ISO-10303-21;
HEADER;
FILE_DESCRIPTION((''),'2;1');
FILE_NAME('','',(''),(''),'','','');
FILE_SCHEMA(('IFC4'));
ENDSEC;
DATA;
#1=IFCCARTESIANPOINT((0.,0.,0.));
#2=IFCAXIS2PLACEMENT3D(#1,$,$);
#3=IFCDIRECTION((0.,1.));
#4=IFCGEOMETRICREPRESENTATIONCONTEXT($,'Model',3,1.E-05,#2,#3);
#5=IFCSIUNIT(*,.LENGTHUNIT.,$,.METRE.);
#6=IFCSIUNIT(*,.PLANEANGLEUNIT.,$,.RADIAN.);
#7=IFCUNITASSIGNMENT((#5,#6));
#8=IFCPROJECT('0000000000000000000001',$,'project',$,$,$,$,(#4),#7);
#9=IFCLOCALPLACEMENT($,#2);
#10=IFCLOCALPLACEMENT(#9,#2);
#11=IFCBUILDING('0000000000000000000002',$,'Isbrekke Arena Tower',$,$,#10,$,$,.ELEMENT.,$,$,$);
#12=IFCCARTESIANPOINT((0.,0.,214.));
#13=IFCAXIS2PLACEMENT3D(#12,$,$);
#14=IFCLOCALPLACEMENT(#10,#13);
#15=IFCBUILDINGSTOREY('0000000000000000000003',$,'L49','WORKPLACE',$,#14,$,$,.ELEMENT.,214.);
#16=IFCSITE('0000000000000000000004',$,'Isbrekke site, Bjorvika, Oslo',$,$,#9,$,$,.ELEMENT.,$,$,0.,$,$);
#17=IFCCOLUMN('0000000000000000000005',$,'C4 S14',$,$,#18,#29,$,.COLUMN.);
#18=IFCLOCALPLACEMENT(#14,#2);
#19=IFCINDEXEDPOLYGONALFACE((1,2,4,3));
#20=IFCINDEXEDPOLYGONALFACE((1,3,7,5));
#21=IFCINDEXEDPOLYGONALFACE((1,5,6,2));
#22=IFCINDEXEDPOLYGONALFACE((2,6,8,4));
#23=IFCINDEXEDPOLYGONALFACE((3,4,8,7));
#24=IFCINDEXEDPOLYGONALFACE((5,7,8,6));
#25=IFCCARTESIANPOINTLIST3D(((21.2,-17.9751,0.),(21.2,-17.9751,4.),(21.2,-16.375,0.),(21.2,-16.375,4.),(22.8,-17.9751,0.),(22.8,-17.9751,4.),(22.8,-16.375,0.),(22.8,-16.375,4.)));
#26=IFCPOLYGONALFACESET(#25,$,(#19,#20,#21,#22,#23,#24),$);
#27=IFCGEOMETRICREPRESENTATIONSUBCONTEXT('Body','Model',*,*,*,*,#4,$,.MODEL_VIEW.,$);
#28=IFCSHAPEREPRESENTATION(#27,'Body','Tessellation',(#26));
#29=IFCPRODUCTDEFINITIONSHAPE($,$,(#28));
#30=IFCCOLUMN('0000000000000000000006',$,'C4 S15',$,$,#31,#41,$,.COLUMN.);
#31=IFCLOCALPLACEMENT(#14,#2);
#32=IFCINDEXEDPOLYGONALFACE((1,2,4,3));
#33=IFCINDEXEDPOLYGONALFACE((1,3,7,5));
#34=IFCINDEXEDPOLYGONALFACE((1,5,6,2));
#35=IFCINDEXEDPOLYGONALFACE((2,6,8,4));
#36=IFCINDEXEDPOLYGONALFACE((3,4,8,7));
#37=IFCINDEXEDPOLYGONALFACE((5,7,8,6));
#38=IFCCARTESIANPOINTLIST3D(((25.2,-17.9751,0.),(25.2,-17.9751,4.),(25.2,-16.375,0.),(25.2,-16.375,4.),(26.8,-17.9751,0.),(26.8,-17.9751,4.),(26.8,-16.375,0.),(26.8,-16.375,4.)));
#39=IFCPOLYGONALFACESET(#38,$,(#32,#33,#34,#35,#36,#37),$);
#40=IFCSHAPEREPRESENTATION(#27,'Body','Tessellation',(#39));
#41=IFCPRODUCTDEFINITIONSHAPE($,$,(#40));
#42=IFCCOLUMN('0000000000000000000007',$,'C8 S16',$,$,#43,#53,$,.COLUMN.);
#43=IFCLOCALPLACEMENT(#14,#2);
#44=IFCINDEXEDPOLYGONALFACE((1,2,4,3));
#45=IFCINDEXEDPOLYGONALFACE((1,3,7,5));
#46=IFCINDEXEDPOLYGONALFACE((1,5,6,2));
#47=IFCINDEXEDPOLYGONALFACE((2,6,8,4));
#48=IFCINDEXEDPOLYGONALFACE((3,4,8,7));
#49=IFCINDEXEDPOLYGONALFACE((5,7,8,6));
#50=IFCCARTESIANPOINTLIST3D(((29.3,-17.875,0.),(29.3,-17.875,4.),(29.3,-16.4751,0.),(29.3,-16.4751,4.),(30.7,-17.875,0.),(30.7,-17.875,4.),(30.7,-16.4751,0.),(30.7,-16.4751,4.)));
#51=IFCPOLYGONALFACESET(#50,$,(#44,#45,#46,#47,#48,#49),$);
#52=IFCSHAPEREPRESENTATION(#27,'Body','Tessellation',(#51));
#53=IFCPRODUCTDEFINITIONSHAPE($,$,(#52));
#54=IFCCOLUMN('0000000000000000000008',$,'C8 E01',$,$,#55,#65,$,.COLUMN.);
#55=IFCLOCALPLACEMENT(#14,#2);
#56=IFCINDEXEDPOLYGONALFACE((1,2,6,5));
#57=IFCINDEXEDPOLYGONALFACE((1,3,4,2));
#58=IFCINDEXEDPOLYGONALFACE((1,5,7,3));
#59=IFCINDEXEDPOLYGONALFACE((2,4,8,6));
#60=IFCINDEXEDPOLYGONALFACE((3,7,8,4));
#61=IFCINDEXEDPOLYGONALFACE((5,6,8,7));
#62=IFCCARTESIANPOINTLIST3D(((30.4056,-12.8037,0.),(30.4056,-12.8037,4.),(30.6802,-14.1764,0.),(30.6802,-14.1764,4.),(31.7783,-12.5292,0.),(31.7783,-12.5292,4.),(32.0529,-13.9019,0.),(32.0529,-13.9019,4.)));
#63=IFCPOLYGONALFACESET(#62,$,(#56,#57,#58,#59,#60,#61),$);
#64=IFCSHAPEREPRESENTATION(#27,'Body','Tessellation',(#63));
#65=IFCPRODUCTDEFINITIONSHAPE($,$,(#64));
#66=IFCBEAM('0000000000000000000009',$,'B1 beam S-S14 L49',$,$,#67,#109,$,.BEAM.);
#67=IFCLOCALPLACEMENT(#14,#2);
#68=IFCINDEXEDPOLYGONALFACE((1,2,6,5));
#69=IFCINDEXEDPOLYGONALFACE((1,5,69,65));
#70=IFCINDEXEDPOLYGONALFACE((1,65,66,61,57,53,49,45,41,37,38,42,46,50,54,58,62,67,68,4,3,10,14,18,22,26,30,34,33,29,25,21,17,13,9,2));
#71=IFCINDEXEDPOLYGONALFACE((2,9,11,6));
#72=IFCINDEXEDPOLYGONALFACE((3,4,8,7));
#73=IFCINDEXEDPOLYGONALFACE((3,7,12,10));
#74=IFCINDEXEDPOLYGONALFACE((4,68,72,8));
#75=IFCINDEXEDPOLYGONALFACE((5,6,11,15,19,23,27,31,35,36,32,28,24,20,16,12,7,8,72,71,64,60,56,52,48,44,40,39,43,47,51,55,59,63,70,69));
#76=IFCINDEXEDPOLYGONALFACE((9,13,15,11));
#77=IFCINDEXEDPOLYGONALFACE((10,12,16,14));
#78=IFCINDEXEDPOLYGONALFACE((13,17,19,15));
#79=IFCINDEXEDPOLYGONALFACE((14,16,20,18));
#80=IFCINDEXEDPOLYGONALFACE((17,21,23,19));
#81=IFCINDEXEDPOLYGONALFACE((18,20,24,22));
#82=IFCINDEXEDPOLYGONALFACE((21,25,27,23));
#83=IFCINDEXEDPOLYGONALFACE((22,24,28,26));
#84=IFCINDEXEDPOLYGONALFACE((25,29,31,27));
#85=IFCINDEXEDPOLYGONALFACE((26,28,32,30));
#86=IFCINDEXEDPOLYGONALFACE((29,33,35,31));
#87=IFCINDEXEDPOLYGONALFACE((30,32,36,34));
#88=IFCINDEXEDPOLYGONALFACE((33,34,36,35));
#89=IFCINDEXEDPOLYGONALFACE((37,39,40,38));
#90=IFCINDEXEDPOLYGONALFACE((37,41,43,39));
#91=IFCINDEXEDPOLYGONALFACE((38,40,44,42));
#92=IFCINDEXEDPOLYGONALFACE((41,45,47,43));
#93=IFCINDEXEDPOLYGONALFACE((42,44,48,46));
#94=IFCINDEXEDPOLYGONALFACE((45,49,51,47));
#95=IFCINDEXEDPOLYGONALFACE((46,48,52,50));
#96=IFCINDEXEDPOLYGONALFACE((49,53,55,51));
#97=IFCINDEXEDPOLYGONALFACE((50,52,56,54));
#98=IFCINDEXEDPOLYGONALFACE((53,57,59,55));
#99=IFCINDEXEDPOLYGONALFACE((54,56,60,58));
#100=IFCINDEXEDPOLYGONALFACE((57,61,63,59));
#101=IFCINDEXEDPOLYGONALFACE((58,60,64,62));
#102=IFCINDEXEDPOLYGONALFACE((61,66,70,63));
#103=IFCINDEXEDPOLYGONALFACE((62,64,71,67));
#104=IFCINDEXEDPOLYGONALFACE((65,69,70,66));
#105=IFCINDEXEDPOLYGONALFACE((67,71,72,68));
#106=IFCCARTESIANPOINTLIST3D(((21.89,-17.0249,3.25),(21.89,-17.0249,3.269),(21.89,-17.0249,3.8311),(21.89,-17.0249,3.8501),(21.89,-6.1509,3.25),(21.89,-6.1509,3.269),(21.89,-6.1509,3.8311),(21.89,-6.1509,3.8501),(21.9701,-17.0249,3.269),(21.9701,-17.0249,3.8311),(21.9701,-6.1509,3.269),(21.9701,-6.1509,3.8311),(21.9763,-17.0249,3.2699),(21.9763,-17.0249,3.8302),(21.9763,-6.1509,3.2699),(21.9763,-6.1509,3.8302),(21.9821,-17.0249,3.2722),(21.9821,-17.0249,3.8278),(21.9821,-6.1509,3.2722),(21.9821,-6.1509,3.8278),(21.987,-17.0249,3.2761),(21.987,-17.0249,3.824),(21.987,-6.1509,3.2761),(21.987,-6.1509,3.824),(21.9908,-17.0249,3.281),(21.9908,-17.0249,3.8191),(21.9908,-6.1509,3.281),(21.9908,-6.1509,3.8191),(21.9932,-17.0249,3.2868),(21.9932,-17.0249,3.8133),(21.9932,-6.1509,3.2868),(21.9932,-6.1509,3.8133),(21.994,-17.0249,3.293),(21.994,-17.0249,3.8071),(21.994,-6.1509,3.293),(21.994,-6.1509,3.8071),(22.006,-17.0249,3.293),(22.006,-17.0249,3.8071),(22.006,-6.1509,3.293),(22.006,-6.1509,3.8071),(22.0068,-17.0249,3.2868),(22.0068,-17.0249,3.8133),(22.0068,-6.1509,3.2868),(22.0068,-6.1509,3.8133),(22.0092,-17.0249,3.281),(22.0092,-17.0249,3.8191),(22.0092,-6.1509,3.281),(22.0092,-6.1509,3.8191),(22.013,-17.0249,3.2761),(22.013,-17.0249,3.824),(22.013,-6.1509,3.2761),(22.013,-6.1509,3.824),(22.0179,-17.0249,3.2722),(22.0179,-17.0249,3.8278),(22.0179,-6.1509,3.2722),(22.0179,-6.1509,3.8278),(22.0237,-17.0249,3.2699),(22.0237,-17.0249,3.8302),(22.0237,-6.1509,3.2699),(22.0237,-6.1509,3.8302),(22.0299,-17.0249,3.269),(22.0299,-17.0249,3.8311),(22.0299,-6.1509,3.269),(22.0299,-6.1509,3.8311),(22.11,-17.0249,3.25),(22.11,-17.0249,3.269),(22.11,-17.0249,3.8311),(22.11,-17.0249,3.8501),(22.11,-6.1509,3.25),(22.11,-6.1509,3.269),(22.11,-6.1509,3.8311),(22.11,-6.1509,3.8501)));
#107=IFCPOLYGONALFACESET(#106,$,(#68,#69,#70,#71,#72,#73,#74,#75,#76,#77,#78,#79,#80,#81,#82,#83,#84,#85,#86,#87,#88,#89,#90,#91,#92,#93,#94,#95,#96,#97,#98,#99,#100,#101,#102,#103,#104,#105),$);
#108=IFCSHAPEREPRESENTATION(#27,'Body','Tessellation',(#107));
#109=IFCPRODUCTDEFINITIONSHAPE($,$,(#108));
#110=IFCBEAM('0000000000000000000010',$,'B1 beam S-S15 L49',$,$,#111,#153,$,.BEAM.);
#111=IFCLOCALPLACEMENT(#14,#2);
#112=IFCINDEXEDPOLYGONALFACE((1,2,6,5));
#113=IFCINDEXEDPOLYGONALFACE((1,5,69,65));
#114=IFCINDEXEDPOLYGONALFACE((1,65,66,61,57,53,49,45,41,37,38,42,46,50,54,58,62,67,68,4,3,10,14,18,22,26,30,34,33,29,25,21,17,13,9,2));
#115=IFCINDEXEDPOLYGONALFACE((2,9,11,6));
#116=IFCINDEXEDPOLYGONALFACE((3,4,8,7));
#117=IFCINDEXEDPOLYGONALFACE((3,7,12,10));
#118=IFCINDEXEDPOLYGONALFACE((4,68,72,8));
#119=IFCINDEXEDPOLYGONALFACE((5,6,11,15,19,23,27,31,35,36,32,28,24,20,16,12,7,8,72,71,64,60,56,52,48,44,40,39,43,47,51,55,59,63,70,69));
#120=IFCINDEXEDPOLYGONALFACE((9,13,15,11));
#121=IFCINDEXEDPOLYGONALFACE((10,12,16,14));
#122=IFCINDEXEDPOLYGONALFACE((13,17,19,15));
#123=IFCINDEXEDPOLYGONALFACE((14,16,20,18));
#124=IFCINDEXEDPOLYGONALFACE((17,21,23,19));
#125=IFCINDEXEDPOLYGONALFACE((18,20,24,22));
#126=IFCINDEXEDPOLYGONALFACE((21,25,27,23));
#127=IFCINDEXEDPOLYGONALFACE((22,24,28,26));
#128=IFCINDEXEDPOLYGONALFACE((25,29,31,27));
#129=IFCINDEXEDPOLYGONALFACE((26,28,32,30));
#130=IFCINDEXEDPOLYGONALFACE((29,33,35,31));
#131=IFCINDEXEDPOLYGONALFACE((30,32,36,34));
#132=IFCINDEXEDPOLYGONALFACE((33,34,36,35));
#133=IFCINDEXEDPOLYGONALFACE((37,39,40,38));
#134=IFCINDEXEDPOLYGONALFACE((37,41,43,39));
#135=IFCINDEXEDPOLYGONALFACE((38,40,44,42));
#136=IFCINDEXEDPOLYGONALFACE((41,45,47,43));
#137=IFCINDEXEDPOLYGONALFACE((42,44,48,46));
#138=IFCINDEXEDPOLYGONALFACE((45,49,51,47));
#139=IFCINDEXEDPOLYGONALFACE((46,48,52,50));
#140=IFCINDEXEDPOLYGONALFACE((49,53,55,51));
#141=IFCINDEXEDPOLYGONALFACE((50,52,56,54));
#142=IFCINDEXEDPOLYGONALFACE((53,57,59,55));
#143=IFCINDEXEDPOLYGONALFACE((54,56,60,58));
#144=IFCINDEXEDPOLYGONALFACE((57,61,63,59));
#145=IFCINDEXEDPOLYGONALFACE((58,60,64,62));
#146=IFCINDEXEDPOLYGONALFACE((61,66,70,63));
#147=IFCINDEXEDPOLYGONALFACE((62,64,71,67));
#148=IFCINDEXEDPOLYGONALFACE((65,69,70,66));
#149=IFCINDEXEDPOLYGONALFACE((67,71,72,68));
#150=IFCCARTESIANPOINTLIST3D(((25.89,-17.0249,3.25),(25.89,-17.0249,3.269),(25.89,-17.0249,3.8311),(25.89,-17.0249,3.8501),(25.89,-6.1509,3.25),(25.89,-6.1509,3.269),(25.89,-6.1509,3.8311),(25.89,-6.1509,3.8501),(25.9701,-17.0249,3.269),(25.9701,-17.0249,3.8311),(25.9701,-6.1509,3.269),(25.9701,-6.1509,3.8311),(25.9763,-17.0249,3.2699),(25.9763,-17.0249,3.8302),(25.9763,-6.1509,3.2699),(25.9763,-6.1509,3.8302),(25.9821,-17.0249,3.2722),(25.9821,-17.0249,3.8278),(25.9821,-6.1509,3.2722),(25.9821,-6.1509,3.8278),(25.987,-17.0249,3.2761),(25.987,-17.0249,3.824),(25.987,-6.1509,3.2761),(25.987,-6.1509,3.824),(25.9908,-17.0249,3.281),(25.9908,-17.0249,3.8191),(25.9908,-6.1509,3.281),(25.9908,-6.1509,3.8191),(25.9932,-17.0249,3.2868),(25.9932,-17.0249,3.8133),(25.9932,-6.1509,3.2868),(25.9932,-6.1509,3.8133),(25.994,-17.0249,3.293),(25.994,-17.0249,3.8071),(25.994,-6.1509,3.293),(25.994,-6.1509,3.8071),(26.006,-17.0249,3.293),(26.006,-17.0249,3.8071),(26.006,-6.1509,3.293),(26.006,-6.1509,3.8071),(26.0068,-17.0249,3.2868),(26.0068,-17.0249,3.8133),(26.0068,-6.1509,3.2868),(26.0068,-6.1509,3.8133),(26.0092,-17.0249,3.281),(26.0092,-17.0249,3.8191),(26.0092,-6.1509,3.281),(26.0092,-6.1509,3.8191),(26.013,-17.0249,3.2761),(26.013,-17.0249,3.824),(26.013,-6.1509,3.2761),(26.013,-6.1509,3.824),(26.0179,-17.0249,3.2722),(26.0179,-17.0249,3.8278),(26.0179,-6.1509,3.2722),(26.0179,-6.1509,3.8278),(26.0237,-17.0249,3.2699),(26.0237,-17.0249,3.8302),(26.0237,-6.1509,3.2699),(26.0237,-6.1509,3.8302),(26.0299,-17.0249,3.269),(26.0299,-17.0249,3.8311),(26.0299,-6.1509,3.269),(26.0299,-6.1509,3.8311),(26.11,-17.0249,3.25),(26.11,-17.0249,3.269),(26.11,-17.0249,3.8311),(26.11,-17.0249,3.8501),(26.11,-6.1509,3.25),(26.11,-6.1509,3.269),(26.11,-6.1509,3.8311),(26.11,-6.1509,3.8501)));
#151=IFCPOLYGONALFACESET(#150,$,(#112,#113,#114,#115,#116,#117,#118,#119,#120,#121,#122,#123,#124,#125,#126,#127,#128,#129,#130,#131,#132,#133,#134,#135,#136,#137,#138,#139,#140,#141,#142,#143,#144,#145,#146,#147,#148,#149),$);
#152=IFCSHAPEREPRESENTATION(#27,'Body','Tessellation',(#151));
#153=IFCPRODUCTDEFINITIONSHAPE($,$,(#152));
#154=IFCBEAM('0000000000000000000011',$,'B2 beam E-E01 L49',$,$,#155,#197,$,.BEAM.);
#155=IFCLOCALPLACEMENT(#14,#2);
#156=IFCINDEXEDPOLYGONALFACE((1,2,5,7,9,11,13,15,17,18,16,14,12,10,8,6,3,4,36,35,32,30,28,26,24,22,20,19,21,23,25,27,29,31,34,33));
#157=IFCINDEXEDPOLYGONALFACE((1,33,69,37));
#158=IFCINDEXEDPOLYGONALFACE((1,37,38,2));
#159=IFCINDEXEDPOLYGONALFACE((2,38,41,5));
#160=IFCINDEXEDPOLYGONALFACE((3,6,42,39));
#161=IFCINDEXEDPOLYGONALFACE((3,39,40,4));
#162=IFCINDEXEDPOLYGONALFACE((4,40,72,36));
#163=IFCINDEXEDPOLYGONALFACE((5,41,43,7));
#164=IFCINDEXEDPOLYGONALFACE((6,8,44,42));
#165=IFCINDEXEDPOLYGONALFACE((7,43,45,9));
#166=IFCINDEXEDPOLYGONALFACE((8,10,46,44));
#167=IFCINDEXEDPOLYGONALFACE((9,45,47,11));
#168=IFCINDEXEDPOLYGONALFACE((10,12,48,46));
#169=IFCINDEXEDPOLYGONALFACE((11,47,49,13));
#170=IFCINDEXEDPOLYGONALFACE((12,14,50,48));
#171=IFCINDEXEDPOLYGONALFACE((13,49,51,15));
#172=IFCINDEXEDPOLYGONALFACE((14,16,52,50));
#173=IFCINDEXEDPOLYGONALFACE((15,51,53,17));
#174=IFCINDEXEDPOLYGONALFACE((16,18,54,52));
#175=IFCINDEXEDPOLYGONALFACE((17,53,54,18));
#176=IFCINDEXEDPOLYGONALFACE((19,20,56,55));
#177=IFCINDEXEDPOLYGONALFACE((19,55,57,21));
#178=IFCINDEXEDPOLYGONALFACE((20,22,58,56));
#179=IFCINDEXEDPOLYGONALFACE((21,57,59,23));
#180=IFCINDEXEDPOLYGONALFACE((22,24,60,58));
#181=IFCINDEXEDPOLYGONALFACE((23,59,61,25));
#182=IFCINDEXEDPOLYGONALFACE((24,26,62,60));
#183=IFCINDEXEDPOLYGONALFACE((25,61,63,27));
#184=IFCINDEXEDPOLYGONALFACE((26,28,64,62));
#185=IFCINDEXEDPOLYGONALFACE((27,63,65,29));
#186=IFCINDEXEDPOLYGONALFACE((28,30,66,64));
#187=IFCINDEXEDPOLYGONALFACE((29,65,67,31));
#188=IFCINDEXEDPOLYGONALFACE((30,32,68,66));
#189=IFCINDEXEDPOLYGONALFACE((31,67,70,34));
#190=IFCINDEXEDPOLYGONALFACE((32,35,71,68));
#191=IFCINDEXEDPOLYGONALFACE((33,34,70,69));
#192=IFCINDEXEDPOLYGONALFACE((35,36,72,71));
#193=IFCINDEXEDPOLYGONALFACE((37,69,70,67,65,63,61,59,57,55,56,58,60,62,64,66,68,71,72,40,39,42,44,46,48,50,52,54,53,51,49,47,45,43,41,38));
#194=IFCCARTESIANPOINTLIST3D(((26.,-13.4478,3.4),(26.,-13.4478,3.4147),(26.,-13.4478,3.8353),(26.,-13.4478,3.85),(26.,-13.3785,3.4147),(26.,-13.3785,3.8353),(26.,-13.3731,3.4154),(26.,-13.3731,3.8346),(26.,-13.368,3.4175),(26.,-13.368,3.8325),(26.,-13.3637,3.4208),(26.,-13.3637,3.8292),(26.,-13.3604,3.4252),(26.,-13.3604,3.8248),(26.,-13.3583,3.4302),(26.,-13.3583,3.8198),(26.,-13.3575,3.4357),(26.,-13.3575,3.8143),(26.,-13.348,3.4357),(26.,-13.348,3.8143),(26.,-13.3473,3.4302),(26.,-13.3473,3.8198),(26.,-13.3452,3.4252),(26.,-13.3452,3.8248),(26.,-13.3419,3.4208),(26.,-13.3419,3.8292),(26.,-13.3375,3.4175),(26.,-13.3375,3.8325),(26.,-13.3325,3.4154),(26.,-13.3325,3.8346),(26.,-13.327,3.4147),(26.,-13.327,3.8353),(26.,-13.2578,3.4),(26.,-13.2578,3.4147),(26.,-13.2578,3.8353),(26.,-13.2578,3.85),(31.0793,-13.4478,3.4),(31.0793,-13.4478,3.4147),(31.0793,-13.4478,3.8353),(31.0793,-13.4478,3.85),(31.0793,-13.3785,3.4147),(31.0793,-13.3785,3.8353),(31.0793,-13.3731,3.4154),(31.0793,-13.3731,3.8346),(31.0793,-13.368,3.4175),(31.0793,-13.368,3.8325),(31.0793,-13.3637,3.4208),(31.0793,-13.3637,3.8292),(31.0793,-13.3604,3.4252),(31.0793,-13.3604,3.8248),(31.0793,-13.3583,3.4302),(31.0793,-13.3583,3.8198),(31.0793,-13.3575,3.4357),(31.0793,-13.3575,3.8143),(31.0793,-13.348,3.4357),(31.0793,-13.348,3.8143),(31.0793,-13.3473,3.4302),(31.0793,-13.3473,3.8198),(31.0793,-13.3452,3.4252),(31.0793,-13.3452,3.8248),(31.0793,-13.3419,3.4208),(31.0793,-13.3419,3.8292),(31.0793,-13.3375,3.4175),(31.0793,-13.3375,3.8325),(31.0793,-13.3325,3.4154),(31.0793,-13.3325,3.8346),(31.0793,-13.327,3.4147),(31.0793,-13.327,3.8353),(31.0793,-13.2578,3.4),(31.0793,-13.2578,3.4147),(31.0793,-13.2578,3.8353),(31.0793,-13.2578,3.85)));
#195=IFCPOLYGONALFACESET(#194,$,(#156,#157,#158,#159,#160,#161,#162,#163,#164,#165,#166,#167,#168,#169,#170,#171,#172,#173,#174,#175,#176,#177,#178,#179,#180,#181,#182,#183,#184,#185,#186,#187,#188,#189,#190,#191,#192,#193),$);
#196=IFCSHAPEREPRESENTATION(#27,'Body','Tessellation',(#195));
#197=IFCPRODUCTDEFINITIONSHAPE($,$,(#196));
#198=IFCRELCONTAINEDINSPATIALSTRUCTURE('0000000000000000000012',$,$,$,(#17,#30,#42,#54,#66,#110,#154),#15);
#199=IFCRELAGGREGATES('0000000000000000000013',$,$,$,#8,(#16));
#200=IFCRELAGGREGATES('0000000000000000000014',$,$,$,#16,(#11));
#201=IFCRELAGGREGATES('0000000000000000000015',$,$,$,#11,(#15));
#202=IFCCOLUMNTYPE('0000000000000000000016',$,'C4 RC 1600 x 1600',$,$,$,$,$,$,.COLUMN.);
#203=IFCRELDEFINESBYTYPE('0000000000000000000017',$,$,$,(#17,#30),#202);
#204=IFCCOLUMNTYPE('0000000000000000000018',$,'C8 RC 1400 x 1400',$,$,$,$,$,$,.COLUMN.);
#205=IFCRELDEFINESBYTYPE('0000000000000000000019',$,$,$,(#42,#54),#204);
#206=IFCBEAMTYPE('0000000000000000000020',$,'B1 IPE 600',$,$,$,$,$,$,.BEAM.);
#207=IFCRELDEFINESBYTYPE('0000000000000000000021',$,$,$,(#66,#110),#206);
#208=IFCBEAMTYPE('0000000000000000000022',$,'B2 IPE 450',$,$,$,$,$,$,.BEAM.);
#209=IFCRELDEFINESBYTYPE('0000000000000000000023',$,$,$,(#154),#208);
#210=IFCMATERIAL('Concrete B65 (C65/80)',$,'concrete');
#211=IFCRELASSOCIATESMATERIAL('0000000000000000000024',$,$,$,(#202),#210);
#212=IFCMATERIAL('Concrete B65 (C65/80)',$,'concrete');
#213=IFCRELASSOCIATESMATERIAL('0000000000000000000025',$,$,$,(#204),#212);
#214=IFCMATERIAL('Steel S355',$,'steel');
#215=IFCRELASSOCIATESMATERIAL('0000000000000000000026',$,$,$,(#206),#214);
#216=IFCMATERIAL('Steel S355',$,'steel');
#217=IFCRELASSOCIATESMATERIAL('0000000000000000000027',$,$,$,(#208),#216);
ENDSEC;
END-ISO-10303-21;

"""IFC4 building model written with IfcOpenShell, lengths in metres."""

from ifc_helpers import new_model, si_unit, direction, frame, origin, origin_2d, place, context, subcontext, project, spatial, rectangle, i_section, extrude, material, material_profile, profile_set, type_object, element, save


model = new_model("IFC4")

# Units and contexts
model_context = context("Model", 3, precision=1e-05, world=origin(), true_north=direction((0.0, 1.0)))
body_context = subcontext(model_context, "Body", "Model", "MODEL_VIEW")
ifc_project = project(units=[si_unit("LENGTHUNIT", "METRE"), si_unit("PLANEANGLEUNIT", "RADIAN")], contexts=[model_context])

# Site, building, storey
site_placement = place(None, origin())
site = spatial("IfcSite", under=ifc_project, at=site_placement, Name="Isbrekke site, Bjorvika, Oslo", CompositionType="ELEMENT", RefElevation=0.0)
building_placement = place(site_placement, origin())
building = spatial("IfcBuilding", under=site, at=building_placement, Name="Isbrekke Arena Tower", CompositionType="ELEMENT")
storey_placement = place(building_placement, frame((0.0, 0.0, 214.0)))
storey = spatial("IfcBuildingStorey", under=building, at=storey_placement, Name="L49", Description="WORKPLACE", CompositionType="ELEMENT", Elevation=214.0)

# Columns
ifc_material_1 = material(Name="Concrete B65 (C65/80)", Category="concrete")
ifc_material_profile_1 = material_profile(ifc_material_1, rectangle(XDim=1.6001, YDim=1.6001, at=origin_2d()), Name="RC 1600x1600")
ifc_profile_set_1 = profile_set([ifc_material_profile_1], Name="Concrete B65 (C65/80)")
column_type_1 = type_object("IfcColumnType", Name="C4 RC 1600 x 1600", PredefinedType="COLUMN", material=ifc_profile_set_1)
for number, where, z_axis, x_axis, name in (
    (1, (22.0, -17.175, 0.0), (0.0, 0.0, 1.0), (1.0, 0.0, 0.0), "C4 S14"),
    (2, (26.0, -17.175, 0.0), (0.0, 0.0, 1.0), (1.0, 0.0, 0.0), "C4 S15"),
):
    element("IfcColumn", number, at=place(storey_placement, frame(where, z_axis=z_axis, x_axis=x_axis)), inside=storey, type_object=column_type_1, Name=name, PredefinedType="COLUMN", context=body_context, shape_type="SweptSolid", body=[
        extrude(rectangle(XDim=1.6001, YDim=1.6001, at=origin_2d()), origin(), (0.0, 0.0, 1.0), 4.0),
    ])
ifc_material_2 = material(Name="Concrete B65 (C65/80)", Category="concrete")
ifc_material_profile_2 = material_profile(ifc_material_2, rectangle(XDim=1.3999, YDim=1.3999, at=origin_2d()), Name="RC 1400x1400")
ifc_profile_set_2 = profile_set([ifc_material_profile_2], Name="Concrete B65 (C65/80)")
column_type_2 = type_object("IfcColumnType", Name="C8 RC 1400 x 1400", PredefinedType="COLUMN", material=ifc_profile_set_2)
for number, where, z_axis, x_axis, name in (
    (3, (30.0, -17.175, 0.0), (0.0, 0.0, 1.0), (1.0, 0.0, 0.0), "C8 S16"),
    (4, (31.2292, -13.3528, 0.0), (0.0, 0.0, 1.0), (-0.196116, 0.980581, 0.0), "C8 E01"),
):
    element("IfcColumn", number, at=place(storey_placement, frame(where, z_axis=z_axis, x_axis=x_axis)), inside=storey, type_object=column_type_2, Name=name, PredefinedType="COLUMN", context=body_context, shape_type="SweptSolid", body=[
        extrude(rectangle(XDim=1.3999, YDim=1.3999, at=origin_2d()), origin(), (0.0, 0.0, 1.0), 4.0),
    ])

# Beams
ifc_material_3 = material(Name="Steel S355", Category="steel")
ifc_material_profile_3 = material_profile(ifc_material_3, i_section(OverallWidth=0.22, OverallDepth=0.6001, WebThickness=0.012, FlangeThickness=0.019, FilletRadius=0.0239, at=origin_2d()), Name="IPE 600")
ifc_profile_set_3 = profile_set([ifc_material_profile_3], Name="Steel S355")
beam_type_1 = type_object("IfcBeamType", Name="B1 IPE 600", PredefinedType="BEAM", material=ifc_profile_set_3)
for number, where, z_axis, x_axis, name in (
    (5, (22.0, -17.0249, 3.55), (0.0, 1.0, 0.0), (-1.0, 0.0, 0.0), "B1 beam S-S14 L49"),
    (6, (26.0, -17.0249, 3.55), (0.0, 1.0, 0.0), (-1.0, 0.0, 0.0), "B1 beam S-S15 L49"),
):
    element("IfcBeam", number, at=place(storey_placement, frame(where, z_axis=z_axis, x_axis=x_axis)), inside=storey, type_object=beam_type_1, Name=name, PredefinedType="BEAM", context=body_context, shape_type="SweptSolid", body=[
        extrude(i_section(OverallWidth=0.22, OverallDepth=0.6001, WebThickness=0.012, FlangeThickness=0.019, FilletRadius=0.0239, at=origin_2d()), origin(), (0.0, 0.0, 1.0), 10.874),
    ])
ifc_material_4 = material(Name="Steel S355", Category="steel")
ifc_material_profile_4 = material_profile(ifc_material_4, i_section(OverallWidth=0.1899, OverallDepth=0.45, WebThickness=0.0095, FlangeThickness=0.0146, FilletRadius=0.021, at=origin_2d()), Name="IPE 450")
ifc_profile_set_4 = profile_set([ifc_material_profile_4], Name="Steel S355")
beam_type_2 = type_object("IfcBeamType", Name="B2 IPE 450", PredefinedType="BEAM", material=ifc_profile_set_4)
beam_1_placement = place(storey_placement, frame((31.0793, -13.3528, 3.625), z_axis=(-1.0, 0.0, 0.0), x_axis=(0.0, -1.0, 0.0)))
element("IfcBeam", 7, at=beam_1_placement, inside=storey, type_object=beam_type_2, Name="B2 beam E-E01 L49", PredefinedType="BEAM", context=body_context, shape_type="SweptSolid", body=[
    extrude(i_section(OverallWidth=0.1899, OverallDepth=0.45, WebThickness=0.0095, FlangeThickness=0.0146, FilletRadius=0.021, at=origin_2d()), origin(), (0.0, 0.0, 1.0), 5.0793),
])

save(model, "model.ifc")
